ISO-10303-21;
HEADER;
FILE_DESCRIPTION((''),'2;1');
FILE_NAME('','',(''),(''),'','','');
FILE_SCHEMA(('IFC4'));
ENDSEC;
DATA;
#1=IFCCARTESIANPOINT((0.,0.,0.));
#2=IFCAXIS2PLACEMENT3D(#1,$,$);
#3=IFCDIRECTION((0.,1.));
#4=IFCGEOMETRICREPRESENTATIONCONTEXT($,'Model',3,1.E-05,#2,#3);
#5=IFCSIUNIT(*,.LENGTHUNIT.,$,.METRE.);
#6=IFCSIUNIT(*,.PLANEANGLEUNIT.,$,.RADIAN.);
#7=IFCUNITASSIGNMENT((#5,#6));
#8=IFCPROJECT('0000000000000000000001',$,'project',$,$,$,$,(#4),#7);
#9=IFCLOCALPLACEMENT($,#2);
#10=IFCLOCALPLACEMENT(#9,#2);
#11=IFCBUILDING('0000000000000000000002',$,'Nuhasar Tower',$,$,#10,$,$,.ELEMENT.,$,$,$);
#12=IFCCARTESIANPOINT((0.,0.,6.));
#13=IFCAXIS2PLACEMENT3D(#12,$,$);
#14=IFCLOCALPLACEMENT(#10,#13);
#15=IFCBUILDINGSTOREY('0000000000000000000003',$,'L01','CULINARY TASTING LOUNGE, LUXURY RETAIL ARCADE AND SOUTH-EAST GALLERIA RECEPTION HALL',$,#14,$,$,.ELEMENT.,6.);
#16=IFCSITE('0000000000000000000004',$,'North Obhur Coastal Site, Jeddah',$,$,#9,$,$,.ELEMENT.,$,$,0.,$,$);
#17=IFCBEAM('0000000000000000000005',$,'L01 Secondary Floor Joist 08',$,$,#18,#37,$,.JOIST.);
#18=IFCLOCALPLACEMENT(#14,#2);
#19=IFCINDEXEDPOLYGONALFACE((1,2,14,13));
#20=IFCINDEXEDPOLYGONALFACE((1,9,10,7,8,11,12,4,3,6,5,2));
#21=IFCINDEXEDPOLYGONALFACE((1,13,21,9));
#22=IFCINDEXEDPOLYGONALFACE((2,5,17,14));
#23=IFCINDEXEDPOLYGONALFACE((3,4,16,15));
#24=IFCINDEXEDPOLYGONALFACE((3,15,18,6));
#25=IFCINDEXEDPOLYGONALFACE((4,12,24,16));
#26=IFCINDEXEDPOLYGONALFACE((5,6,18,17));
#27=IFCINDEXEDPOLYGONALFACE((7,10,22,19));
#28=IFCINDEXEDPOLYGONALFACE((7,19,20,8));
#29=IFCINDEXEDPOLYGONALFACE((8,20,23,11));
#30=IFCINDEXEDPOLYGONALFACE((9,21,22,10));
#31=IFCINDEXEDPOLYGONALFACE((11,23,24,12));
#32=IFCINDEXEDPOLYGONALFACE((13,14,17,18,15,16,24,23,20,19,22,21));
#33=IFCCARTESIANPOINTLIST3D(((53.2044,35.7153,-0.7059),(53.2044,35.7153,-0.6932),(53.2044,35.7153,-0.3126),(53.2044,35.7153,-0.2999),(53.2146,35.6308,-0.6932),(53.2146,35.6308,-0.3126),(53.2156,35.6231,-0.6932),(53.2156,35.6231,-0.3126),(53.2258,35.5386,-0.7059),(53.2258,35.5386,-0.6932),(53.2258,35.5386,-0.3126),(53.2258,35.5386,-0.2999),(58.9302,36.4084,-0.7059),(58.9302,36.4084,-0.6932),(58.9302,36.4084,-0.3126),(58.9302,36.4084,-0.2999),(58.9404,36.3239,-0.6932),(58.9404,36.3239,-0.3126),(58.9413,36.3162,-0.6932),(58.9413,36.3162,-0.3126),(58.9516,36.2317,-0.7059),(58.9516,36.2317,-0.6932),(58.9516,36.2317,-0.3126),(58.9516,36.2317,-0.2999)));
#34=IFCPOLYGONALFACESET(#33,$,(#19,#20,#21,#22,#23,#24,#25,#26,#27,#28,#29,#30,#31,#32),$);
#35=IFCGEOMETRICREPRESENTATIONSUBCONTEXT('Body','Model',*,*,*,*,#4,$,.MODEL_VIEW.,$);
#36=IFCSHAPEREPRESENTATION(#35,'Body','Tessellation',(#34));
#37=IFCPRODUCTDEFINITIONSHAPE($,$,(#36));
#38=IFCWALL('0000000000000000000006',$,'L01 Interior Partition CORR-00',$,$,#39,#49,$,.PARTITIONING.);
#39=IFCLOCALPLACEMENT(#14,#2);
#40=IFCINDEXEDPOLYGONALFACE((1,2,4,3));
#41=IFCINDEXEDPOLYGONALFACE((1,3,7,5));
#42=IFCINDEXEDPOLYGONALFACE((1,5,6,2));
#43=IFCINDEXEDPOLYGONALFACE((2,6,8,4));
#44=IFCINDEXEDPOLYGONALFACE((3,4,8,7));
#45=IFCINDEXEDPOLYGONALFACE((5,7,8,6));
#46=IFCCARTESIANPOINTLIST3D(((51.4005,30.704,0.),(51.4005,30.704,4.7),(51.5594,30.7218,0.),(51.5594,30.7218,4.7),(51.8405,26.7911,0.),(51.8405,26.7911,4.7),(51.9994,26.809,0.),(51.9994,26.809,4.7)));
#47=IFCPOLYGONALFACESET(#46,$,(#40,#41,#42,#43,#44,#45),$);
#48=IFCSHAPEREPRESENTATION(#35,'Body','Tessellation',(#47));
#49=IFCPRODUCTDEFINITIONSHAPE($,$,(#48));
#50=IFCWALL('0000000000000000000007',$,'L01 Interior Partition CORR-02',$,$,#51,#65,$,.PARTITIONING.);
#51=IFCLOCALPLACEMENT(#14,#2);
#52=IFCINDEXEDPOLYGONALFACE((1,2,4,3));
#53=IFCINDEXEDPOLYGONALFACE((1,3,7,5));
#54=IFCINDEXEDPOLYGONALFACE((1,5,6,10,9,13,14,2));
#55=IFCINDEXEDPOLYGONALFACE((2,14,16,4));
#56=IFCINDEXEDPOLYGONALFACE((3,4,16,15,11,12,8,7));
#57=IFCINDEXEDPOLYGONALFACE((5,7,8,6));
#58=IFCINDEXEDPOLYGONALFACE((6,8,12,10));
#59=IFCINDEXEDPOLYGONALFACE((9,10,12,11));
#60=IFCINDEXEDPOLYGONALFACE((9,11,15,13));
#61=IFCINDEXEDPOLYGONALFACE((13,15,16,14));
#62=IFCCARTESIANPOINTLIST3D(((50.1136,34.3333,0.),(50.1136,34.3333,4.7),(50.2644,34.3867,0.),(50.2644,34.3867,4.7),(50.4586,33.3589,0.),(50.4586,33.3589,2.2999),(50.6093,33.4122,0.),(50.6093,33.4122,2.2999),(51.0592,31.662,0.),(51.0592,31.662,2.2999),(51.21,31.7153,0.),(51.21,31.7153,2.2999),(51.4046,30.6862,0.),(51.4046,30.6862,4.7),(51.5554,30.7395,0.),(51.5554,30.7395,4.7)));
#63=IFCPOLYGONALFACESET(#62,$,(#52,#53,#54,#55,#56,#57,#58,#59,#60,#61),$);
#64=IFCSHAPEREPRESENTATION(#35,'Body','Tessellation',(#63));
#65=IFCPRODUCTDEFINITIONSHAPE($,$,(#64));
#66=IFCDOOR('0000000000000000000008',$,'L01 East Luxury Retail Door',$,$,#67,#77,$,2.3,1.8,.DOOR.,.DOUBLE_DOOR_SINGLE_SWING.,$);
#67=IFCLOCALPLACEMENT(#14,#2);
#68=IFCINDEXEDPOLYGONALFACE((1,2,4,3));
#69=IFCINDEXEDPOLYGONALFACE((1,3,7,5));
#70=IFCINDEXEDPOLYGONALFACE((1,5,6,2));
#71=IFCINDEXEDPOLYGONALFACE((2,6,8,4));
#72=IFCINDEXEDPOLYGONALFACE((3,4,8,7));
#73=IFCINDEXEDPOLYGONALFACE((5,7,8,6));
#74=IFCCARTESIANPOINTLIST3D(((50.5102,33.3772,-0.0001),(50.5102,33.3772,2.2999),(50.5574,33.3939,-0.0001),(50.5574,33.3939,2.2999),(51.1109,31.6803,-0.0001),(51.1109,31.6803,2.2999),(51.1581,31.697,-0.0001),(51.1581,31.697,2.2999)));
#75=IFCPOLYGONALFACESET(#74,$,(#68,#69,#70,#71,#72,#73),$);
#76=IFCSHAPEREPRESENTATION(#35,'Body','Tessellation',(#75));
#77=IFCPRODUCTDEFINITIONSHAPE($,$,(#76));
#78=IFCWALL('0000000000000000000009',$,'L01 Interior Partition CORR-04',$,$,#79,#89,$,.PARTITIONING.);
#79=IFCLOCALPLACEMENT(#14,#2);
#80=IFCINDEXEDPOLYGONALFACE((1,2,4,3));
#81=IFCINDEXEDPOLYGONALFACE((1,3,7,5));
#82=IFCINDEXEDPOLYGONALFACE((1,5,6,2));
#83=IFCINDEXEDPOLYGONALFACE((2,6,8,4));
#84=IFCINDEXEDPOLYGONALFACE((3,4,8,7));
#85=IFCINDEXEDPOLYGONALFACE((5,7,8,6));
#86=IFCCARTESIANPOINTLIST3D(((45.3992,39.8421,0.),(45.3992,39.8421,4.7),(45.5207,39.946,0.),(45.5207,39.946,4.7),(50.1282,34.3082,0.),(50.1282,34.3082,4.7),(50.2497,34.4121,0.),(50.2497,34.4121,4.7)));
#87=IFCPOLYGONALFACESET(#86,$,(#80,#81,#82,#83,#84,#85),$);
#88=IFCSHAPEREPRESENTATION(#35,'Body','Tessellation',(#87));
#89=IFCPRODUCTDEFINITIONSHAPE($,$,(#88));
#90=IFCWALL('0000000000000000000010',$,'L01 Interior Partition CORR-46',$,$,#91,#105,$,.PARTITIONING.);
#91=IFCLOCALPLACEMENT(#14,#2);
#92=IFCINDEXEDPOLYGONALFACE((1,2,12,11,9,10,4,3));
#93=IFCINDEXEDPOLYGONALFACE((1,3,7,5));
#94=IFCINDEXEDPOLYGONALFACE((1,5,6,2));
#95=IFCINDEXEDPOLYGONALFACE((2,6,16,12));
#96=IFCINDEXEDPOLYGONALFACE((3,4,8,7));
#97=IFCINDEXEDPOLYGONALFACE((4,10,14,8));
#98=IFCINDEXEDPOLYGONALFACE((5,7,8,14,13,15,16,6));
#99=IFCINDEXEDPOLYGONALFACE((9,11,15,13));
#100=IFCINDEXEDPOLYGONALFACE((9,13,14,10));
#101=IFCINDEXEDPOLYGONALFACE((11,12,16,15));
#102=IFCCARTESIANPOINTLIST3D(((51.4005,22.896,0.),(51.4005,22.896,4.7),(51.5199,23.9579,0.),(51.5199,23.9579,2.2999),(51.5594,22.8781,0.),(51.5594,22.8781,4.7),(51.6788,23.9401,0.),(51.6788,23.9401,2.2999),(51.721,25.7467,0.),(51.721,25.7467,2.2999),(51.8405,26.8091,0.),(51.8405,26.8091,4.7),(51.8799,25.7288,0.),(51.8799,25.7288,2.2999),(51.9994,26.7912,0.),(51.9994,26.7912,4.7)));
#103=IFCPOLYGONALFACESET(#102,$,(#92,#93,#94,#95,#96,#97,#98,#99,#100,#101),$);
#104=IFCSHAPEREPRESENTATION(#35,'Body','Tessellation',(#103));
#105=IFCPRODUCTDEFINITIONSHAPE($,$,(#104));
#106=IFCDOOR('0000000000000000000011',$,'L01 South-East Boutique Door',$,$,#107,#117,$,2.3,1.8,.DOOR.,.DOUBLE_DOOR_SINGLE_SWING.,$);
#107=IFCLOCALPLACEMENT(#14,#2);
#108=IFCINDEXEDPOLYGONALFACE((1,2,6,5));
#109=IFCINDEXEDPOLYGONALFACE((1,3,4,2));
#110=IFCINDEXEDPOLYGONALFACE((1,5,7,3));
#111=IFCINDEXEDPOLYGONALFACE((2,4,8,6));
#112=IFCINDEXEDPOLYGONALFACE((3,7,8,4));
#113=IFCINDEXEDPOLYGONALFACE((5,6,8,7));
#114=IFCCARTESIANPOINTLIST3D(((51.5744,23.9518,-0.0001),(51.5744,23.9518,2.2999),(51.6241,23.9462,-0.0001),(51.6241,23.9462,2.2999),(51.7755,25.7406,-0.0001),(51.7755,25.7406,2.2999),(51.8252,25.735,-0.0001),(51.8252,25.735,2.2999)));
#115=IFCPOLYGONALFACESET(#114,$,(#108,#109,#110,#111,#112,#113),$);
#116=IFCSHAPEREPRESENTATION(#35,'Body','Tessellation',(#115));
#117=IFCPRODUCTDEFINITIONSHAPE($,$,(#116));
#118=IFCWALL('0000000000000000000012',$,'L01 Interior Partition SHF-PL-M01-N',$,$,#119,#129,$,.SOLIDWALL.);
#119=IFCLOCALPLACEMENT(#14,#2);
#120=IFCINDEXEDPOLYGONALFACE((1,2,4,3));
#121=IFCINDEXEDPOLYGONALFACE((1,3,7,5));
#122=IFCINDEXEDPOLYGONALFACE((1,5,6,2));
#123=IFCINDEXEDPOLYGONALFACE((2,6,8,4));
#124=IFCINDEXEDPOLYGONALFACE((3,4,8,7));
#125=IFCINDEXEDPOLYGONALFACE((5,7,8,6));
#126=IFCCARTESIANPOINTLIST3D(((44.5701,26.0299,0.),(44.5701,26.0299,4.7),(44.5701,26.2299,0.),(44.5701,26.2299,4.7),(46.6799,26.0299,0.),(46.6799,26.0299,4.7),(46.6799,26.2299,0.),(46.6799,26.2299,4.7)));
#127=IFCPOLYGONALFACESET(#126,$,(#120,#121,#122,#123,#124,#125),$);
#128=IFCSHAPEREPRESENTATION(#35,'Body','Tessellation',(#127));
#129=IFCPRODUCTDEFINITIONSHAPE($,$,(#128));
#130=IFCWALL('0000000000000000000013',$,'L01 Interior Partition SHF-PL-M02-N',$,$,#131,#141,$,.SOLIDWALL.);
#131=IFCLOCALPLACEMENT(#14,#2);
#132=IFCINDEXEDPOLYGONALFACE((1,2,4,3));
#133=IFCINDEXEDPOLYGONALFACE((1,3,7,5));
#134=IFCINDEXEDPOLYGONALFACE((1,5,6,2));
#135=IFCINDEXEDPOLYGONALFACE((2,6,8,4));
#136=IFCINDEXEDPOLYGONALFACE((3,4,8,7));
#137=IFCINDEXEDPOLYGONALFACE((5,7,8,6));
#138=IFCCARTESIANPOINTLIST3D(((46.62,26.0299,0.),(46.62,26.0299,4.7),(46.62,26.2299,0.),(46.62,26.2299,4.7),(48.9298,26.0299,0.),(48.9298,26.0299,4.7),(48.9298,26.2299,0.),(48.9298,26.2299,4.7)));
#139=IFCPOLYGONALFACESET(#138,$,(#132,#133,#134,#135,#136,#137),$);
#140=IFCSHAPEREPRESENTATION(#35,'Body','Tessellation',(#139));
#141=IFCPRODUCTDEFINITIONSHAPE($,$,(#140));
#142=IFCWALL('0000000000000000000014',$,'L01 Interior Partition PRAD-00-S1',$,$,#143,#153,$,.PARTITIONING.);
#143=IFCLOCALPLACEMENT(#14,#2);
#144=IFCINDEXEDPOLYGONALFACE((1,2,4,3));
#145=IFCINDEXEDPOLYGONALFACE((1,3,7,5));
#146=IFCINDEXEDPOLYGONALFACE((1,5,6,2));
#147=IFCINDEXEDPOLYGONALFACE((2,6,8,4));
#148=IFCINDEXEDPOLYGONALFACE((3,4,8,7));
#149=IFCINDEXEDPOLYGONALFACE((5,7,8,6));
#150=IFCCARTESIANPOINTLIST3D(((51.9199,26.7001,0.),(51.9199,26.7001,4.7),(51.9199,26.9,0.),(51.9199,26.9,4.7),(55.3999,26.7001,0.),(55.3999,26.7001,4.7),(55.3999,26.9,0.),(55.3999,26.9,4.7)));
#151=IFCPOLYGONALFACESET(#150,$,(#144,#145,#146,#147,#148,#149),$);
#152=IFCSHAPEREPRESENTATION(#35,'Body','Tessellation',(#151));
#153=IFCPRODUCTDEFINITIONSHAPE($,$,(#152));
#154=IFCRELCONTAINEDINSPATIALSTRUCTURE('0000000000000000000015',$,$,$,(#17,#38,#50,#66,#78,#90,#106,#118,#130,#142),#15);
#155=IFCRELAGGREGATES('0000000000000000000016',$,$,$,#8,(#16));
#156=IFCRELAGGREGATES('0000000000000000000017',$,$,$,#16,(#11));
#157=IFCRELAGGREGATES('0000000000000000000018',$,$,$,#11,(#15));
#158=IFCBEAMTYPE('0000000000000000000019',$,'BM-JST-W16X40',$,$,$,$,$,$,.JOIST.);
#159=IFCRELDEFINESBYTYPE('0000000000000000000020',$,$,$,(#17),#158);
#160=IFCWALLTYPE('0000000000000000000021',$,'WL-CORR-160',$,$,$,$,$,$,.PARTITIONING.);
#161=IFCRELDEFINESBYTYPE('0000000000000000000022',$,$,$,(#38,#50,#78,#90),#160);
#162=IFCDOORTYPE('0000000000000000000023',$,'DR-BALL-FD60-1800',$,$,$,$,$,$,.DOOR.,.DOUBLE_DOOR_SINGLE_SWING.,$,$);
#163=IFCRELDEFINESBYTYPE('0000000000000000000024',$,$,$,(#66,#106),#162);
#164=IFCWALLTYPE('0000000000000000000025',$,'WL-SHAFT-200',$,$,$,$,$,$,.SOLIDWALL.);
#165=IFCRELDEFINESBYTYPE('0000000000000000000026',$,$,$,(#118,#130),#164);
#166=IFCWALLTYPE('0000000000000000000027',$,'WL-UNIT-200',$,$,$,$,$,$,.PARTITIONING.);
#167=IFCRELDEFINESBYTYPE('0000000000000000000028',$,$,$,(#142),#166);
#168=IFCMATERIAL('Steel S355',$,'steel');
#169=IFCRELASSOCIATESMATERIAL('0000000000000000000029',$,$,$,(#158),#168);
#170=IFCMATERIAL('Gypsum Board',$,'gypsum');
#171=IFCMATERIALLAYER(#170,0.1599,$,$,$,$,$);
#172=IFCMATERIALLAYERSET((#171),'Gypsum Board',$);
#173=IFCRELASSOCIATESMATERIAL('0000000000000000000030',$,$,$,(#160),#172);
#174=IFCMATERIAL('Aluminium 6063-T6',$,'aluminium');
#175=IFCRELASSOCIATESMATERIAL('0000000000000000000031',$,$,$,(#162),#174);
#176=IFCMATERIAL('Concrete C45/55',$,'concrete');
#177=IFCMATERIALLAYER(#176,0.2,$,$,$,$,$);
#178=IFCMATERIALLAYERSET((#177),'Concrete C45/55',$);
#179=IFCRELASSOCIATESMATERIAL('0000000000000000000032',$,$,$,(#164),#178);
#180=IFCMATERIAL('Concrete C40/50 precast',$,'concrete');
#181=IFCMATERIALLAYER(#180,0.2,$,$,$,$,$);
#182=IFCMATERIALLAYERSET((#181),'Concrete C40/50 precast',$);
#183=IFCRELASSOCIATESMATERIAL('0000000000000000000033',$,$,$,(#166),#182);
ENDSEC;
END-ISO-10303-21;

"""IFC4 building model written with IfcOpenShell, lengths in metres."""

from ifc_helpers import new_model, si_unit, direction, frame, frame_2d, origin, origin_2d, place, context, subcontext, project, spatial, rectangle, i_section, extrude, material, layer, layer_set, material_profile, profile_set, type_object, element, fill, save


model = new_model("IFC4")

# Units and contexts
model_context = context("Model", 3, precision=1e-05, world=origin(), true_north=direction((0.0, 1.0)))
body_context = subcontext(model_context, "Body", "Model", "MODEL_VIEW")
ifc_project = project(units=[si_unit("LENGTHUNIT", "METRE"), si_unit("PLANEANGLEUNIT", "RADIAN")], contexts=[model_context])

# Site, building, storey
site_placement = place(None, origin())
site = spatial("IfcSite", under=ifc_project, at=site_placement, Name="North Obhur Coastal Site, Jeddah", CompositionType="ELEMENT", RefElevation=0.0)
building_placement = place(site_placement, origin())
building = spatial("IfcBuilding", under=site, at=building_placement, Name="Nuhasar Tower", CompositionType="ELEMENT")
storey_placement = place(building_placement, frame((0.0, 0.0, 6.0)))
storey = spatial("IfcBuildingStorey", under=building, at=storey_placement, Name="L01", Description="CULINARY TASTING LOUNGE, LUXURY RETAIL ARCADE AND SOUTH-EAST GALLERIA RECEPTION HALL", CompositionType="ELEMENT", Elevation=6.0)

# Beam
ifc_material_1 = material(Name="Steel S355", Category="steel")
ifc_material_profile = material_profile(ifc_material_1, i_section(OverallWidth=0.178, OverallDepth=0.406, WebThickness=0.0078, FlangeThickness=0.0127, at=origin_2d()), Name="W16X40")
ifc_profile_set = profile_set([ifc_material_profile], Name="Steel S355")
beam_type = type_object("IfcBeamType", Name="BM-JST-W16X40", PredefinedType="JOIST", material=ifc_profile_set)
beam_placement = place(storey_placement, frame((53.2151, 35.627, -0.5029), z_axis=(0.992753, 0.120173, 0.0), x_axis=(-0.120173, 0.992753, 0.0)))
element("IfcBeam", 1, at=beam_placement, inside=storey, type_object=beam_type, Name="L01 Secondary Floor Joist 08", PredefinedType="JOIST", context=body_context, shape_type="SweptSolid", body=[
    extrude(i_section(OverallWidth=0.178, OverallDepth=0.406, WebThickness=0.0078, FlangeThickness=0.0127, at=origin_2d()), origin(), (0.0, 0.0, 1.0), 5.7676),
])

# Wall
ifc_material_2 = material(Name="Gypsum Board", Category="gypsum")
ifc_layer_1 = layer(ifc_material_2, 0.1599)
ifc_layer_set_1 = layer_set([ifc_layer_1], Name="Gypsum Board")
wall_type_1 = type_object("IfcWallType", Name="WL-CORR-160", PredefinedType="PARTITIONING", material=ifc_layer_set_1)
wall_1_placement = place(storey_placement, frame((51.9199, 26.8, 0.0), z_axis=(0.0, 0.0, 1.0), x_axis=(-0.111731, 0.993738, 0.0)))
element("IfcWall", 2, at=wall_1_placement, inside=storey, type_object=wall_type_1, Name="L01 Interior Partition CORR-00", PredefinedType="PARTITIONING", context=body_context, shape_type="SweptSolid", body=[
    extrude(rectangle(XDim=3.9375, YDim=0.1599, at=frame_2d((1.9688, 0.0))), origin(), (0.0, 0.0, 1.0), 4.7),
])

# Wall, opening, door
wall_2_placement = place(storey_placement, frame((50.189, 34.3601, 0.0), z_axis=(0.0, 0.0, 1.0), x_axis=(0.333685, -0.942685, 0.0)))
wall_2 = element("IfcWall", 3, at=wall_2_placement, inside=storey, type_object=wall_type_1, Name="L01 Interior Partition CORR-02", PredefinedType="PARTITIONING", context=body_context, shape_type="SweptSolid", body=[
    extrude(rectangle(XDim=3.8689, YDim=0.1599, at=frame_2d((1.9346, 0.0))), origin(), (0.0, 0.0, 1.0), 4.7),
])
opening_1_placement = place(wall_2_placement, frame((1.0339, 0.0, 0.0)))
opening_1 = element("IfcOpeningElement", 4, at=opening_1_placement, cuts=wall_2, PredefinedType="OPENING", context=body_context, shape_type="SweptSolid", body=[
    extrude(rectangle(XDim=1.8, YDim=2.3, at=frame_2d((0.8999, 1.1499))), frame((0.0, 0.0898, 0.0), z_axis=(0.0, -1.0, 0.0), x_axis=(1.0, 0.0, 0.0)), (0.0, 0.0, 1.0), 0.1799),
])
ifc_material_3 = material(Name="Aluminium 6063-T6", Category="aluminium")
door_type_1 = type_object("IfcDoorType", Name="DR-BALL-FD60-1800", OperationType="DOUBLE_DOOR_SINGLE_SWING", PredefinedType="DOOR", material=ifc_material_3)
door_1_placement = place(opening_1_placement, origin())
door_1 = element("IfcDoor", 5, at=door_1_placement, inside=storey, type_object=door_type_1, Name="L01 East Luxury Retail Door", OperationType="DOUBLE_DOOR_SINGLE_SWING", OverallHeight=2.3, OverallWidth=1.8, PredefinedType="DOOR", context=body_context, shape_type="SweptSolid", body=[
    extrude(rectangle(XDim=1.8, YDim=2.3, at=frame_2d((0.8999, 1.1499))), frame((0.0, 0.0249, 0.0), z_axis=(0.0, -1.0, 0.0), x_axis=(1.0, 0.0, 0.0)), (0.0, 0.0, 1.0), 0.05),
])
fill(opening_1, door_1)

# Wall
wall_3_placement = place(storey_placement, frame((50.189, 34.3601, 0.0), z_axis=(0.0, 0.0, 1.0), x_axis=(-0.649653, 0.760231, 0.0)))
element("IfcWall", 6, at=wall_3_placement, inside=storey, type_object=wall_type_1, Name="L01 Interior Partition CORR-04", PredefinedType="PARTITIONING", context=body_context, shape_type="SweptSolid", body=[
    extrude(rectangle(XDim=7.2793, YDim=0.1599, at=frame_2d((3.6396, 0.0))), origin(), (0.0, 0.0, 1.0), 4.7),
])

# Wall, opening, door
wall_4_placement = place(storey_placement, frame((51.9199, 26.8, 0.0), z_axis=(0.0, 0.0, 1.0), x_axis=(-0.111724, -0.993739, 0.0)))
wall_4 = element("IfcWall", 7, at=wall_4_placement, inside=storey, type_object=wall_type_1, Name="L01 Interior Partition CORR-46", PredefinedType="PARTITIONING", context=body_context, shape_type="SweptSolid", body=[
    extrude(rectangle(XDim=3.9377, YDim=0.1599, at=frame_2d((1.9688, 0.0))), origin(), (0.0, 0.0, 1.0), 4.7),
])
opening_2_placement = place(wall_4_placement, frame((1.0691, 0.0, 0.0)))
opening_2 = element("IfcOpeningElement", 8, at=opening_2_placement, cuts=wall_4, PredefinedType="OPENING", context=body_context, shape_type="SweptSolid", body=[
    extrude(rectangle(XDim=1.8, YDim=2.3, at=frame_2d((0.8999, 1.1499))), frame((0.0, 0.0898, 0.0), z_axis=(0.0, -1.0, 0.0), x_axis=(1.0, 0.0, 0.0)), (0.0, 0.0, 1.0), 0.1799),
])
door_2_placement = place(opening_2_placement, origin())
door_2 = element("IfcDoor", 9, at=door_2_placement, inside=storey, type_object=door_type_1, Name="L01 South-East Boutique Door", OperationType="DOUBLE_DOOR_SINGLE_SWING", OverallHeight=2.3, OverallWidth=1.8, PredefinedType="DOOR", context=body_context, shape_type="SweptSolid", body=[
    extrude(rectangle(XDim=1.8, YDim=2.3, at=frame_2d((0.8999, 1.1499))), frame((0.0, 0.0249, 0.0), z_axis=(0.0, -1.0, 0.0), x_axis=(1.0, 0.0, 0.0)), (0.0, 0.0, 1.0), 0.05),
])
fill(opening_2, door_2)

# Walls
ifc_material_4 = material(Name="Concrete C45/55", Category="concrete")
ifc_layer_2 = layer(ifc_material_4, 0.2)
ifc_layer_set_2 = layer_set([ifc_layer_2], Name="Concrete C45/55")
wall_type_2 = type_object("IfcWallType", Name="WL-SHAFT-200", PredefinedType="SOLIDWALL", material=ifc_layer_set_2)
wall_5_placement = place(storey_placement, frame((44.5701, 26.1299, 0.0), z_axis=(0.0, 0.0, 1.0), x_axis=(1.0, 0.0, 0.0)))
element("IfcWall", 10, at=wall_5_placement, inside=storey, type_object=wall_type_2, Name="L01 Interior Partition SHF-PL-M01-N", PredefinedType="SOLIDWALL", context=body_context, shape_type="SweptSolid", body=[
    extrude(rectangle(XDim=2.1099, YDim=0.2, at=frame_2d((1.0549, 0.0))), origin(), (0.0, 0.0, 1.0), 4.7),
])
wall_6_placement = place(storey_placement, frame((46.6201, 26.1299, 0.0), z_axis=(0.0, 0.0, 1.0), x_axis=(1.0, 0.0, 0.0)))
element("IfcWall", 11, at=wall_6_placement, inside=storey, type_object=wall_type_2, Name="L01 Interior Partition SHF-PL-M02-N", PredefinedType="SOLIDWALL", context=body_context, shape_type="SweptSolid", body=[
    extrude(rectangle(XDim=2.3098, YDim=0.2, at=frame_2d((1.1548, 0.0))), origin(), (0.0, 0.0, 1.0), 4.7),
])
ifc_material_5 = material(Name="Concrete C40/50 precast", Category="concrete")
ifc_layer_3 = layer(ifc_material_5, 0.2)
ifc_layer_set_3 = layer_set([ifc_layer_3], Name="Concrete C40/50 precast")
wall_type_3 = type_object("IfcWallType", Name="WL-UNIT-200", PredefinedType="PARTITIONING", material=ifc_layer_set_3)
wall_7_placement = place(storey_placement, frame((51.9199, 26.8, 0.0), z_axis=(0.0, 0.0, 1.0), x_axis=(1.0, 0.0, 0.0)))
element("IfcWall", 12, at=wall_7_placement, inside=storey, type_object=wall_type_3, Name="L01 Interior Partition PRAD-00-S1", PredefinedType="PARTITIONING", context=body_context, shape_type="SweptSolid", body=[
    extrude(rectangle(XDim=3.48, YDim=0.2, at=frame_2d((1.74, 0.0))), origin(), (0.0, 0.0, 1.0), 4.7),
])

save(model, "model.ifc")
